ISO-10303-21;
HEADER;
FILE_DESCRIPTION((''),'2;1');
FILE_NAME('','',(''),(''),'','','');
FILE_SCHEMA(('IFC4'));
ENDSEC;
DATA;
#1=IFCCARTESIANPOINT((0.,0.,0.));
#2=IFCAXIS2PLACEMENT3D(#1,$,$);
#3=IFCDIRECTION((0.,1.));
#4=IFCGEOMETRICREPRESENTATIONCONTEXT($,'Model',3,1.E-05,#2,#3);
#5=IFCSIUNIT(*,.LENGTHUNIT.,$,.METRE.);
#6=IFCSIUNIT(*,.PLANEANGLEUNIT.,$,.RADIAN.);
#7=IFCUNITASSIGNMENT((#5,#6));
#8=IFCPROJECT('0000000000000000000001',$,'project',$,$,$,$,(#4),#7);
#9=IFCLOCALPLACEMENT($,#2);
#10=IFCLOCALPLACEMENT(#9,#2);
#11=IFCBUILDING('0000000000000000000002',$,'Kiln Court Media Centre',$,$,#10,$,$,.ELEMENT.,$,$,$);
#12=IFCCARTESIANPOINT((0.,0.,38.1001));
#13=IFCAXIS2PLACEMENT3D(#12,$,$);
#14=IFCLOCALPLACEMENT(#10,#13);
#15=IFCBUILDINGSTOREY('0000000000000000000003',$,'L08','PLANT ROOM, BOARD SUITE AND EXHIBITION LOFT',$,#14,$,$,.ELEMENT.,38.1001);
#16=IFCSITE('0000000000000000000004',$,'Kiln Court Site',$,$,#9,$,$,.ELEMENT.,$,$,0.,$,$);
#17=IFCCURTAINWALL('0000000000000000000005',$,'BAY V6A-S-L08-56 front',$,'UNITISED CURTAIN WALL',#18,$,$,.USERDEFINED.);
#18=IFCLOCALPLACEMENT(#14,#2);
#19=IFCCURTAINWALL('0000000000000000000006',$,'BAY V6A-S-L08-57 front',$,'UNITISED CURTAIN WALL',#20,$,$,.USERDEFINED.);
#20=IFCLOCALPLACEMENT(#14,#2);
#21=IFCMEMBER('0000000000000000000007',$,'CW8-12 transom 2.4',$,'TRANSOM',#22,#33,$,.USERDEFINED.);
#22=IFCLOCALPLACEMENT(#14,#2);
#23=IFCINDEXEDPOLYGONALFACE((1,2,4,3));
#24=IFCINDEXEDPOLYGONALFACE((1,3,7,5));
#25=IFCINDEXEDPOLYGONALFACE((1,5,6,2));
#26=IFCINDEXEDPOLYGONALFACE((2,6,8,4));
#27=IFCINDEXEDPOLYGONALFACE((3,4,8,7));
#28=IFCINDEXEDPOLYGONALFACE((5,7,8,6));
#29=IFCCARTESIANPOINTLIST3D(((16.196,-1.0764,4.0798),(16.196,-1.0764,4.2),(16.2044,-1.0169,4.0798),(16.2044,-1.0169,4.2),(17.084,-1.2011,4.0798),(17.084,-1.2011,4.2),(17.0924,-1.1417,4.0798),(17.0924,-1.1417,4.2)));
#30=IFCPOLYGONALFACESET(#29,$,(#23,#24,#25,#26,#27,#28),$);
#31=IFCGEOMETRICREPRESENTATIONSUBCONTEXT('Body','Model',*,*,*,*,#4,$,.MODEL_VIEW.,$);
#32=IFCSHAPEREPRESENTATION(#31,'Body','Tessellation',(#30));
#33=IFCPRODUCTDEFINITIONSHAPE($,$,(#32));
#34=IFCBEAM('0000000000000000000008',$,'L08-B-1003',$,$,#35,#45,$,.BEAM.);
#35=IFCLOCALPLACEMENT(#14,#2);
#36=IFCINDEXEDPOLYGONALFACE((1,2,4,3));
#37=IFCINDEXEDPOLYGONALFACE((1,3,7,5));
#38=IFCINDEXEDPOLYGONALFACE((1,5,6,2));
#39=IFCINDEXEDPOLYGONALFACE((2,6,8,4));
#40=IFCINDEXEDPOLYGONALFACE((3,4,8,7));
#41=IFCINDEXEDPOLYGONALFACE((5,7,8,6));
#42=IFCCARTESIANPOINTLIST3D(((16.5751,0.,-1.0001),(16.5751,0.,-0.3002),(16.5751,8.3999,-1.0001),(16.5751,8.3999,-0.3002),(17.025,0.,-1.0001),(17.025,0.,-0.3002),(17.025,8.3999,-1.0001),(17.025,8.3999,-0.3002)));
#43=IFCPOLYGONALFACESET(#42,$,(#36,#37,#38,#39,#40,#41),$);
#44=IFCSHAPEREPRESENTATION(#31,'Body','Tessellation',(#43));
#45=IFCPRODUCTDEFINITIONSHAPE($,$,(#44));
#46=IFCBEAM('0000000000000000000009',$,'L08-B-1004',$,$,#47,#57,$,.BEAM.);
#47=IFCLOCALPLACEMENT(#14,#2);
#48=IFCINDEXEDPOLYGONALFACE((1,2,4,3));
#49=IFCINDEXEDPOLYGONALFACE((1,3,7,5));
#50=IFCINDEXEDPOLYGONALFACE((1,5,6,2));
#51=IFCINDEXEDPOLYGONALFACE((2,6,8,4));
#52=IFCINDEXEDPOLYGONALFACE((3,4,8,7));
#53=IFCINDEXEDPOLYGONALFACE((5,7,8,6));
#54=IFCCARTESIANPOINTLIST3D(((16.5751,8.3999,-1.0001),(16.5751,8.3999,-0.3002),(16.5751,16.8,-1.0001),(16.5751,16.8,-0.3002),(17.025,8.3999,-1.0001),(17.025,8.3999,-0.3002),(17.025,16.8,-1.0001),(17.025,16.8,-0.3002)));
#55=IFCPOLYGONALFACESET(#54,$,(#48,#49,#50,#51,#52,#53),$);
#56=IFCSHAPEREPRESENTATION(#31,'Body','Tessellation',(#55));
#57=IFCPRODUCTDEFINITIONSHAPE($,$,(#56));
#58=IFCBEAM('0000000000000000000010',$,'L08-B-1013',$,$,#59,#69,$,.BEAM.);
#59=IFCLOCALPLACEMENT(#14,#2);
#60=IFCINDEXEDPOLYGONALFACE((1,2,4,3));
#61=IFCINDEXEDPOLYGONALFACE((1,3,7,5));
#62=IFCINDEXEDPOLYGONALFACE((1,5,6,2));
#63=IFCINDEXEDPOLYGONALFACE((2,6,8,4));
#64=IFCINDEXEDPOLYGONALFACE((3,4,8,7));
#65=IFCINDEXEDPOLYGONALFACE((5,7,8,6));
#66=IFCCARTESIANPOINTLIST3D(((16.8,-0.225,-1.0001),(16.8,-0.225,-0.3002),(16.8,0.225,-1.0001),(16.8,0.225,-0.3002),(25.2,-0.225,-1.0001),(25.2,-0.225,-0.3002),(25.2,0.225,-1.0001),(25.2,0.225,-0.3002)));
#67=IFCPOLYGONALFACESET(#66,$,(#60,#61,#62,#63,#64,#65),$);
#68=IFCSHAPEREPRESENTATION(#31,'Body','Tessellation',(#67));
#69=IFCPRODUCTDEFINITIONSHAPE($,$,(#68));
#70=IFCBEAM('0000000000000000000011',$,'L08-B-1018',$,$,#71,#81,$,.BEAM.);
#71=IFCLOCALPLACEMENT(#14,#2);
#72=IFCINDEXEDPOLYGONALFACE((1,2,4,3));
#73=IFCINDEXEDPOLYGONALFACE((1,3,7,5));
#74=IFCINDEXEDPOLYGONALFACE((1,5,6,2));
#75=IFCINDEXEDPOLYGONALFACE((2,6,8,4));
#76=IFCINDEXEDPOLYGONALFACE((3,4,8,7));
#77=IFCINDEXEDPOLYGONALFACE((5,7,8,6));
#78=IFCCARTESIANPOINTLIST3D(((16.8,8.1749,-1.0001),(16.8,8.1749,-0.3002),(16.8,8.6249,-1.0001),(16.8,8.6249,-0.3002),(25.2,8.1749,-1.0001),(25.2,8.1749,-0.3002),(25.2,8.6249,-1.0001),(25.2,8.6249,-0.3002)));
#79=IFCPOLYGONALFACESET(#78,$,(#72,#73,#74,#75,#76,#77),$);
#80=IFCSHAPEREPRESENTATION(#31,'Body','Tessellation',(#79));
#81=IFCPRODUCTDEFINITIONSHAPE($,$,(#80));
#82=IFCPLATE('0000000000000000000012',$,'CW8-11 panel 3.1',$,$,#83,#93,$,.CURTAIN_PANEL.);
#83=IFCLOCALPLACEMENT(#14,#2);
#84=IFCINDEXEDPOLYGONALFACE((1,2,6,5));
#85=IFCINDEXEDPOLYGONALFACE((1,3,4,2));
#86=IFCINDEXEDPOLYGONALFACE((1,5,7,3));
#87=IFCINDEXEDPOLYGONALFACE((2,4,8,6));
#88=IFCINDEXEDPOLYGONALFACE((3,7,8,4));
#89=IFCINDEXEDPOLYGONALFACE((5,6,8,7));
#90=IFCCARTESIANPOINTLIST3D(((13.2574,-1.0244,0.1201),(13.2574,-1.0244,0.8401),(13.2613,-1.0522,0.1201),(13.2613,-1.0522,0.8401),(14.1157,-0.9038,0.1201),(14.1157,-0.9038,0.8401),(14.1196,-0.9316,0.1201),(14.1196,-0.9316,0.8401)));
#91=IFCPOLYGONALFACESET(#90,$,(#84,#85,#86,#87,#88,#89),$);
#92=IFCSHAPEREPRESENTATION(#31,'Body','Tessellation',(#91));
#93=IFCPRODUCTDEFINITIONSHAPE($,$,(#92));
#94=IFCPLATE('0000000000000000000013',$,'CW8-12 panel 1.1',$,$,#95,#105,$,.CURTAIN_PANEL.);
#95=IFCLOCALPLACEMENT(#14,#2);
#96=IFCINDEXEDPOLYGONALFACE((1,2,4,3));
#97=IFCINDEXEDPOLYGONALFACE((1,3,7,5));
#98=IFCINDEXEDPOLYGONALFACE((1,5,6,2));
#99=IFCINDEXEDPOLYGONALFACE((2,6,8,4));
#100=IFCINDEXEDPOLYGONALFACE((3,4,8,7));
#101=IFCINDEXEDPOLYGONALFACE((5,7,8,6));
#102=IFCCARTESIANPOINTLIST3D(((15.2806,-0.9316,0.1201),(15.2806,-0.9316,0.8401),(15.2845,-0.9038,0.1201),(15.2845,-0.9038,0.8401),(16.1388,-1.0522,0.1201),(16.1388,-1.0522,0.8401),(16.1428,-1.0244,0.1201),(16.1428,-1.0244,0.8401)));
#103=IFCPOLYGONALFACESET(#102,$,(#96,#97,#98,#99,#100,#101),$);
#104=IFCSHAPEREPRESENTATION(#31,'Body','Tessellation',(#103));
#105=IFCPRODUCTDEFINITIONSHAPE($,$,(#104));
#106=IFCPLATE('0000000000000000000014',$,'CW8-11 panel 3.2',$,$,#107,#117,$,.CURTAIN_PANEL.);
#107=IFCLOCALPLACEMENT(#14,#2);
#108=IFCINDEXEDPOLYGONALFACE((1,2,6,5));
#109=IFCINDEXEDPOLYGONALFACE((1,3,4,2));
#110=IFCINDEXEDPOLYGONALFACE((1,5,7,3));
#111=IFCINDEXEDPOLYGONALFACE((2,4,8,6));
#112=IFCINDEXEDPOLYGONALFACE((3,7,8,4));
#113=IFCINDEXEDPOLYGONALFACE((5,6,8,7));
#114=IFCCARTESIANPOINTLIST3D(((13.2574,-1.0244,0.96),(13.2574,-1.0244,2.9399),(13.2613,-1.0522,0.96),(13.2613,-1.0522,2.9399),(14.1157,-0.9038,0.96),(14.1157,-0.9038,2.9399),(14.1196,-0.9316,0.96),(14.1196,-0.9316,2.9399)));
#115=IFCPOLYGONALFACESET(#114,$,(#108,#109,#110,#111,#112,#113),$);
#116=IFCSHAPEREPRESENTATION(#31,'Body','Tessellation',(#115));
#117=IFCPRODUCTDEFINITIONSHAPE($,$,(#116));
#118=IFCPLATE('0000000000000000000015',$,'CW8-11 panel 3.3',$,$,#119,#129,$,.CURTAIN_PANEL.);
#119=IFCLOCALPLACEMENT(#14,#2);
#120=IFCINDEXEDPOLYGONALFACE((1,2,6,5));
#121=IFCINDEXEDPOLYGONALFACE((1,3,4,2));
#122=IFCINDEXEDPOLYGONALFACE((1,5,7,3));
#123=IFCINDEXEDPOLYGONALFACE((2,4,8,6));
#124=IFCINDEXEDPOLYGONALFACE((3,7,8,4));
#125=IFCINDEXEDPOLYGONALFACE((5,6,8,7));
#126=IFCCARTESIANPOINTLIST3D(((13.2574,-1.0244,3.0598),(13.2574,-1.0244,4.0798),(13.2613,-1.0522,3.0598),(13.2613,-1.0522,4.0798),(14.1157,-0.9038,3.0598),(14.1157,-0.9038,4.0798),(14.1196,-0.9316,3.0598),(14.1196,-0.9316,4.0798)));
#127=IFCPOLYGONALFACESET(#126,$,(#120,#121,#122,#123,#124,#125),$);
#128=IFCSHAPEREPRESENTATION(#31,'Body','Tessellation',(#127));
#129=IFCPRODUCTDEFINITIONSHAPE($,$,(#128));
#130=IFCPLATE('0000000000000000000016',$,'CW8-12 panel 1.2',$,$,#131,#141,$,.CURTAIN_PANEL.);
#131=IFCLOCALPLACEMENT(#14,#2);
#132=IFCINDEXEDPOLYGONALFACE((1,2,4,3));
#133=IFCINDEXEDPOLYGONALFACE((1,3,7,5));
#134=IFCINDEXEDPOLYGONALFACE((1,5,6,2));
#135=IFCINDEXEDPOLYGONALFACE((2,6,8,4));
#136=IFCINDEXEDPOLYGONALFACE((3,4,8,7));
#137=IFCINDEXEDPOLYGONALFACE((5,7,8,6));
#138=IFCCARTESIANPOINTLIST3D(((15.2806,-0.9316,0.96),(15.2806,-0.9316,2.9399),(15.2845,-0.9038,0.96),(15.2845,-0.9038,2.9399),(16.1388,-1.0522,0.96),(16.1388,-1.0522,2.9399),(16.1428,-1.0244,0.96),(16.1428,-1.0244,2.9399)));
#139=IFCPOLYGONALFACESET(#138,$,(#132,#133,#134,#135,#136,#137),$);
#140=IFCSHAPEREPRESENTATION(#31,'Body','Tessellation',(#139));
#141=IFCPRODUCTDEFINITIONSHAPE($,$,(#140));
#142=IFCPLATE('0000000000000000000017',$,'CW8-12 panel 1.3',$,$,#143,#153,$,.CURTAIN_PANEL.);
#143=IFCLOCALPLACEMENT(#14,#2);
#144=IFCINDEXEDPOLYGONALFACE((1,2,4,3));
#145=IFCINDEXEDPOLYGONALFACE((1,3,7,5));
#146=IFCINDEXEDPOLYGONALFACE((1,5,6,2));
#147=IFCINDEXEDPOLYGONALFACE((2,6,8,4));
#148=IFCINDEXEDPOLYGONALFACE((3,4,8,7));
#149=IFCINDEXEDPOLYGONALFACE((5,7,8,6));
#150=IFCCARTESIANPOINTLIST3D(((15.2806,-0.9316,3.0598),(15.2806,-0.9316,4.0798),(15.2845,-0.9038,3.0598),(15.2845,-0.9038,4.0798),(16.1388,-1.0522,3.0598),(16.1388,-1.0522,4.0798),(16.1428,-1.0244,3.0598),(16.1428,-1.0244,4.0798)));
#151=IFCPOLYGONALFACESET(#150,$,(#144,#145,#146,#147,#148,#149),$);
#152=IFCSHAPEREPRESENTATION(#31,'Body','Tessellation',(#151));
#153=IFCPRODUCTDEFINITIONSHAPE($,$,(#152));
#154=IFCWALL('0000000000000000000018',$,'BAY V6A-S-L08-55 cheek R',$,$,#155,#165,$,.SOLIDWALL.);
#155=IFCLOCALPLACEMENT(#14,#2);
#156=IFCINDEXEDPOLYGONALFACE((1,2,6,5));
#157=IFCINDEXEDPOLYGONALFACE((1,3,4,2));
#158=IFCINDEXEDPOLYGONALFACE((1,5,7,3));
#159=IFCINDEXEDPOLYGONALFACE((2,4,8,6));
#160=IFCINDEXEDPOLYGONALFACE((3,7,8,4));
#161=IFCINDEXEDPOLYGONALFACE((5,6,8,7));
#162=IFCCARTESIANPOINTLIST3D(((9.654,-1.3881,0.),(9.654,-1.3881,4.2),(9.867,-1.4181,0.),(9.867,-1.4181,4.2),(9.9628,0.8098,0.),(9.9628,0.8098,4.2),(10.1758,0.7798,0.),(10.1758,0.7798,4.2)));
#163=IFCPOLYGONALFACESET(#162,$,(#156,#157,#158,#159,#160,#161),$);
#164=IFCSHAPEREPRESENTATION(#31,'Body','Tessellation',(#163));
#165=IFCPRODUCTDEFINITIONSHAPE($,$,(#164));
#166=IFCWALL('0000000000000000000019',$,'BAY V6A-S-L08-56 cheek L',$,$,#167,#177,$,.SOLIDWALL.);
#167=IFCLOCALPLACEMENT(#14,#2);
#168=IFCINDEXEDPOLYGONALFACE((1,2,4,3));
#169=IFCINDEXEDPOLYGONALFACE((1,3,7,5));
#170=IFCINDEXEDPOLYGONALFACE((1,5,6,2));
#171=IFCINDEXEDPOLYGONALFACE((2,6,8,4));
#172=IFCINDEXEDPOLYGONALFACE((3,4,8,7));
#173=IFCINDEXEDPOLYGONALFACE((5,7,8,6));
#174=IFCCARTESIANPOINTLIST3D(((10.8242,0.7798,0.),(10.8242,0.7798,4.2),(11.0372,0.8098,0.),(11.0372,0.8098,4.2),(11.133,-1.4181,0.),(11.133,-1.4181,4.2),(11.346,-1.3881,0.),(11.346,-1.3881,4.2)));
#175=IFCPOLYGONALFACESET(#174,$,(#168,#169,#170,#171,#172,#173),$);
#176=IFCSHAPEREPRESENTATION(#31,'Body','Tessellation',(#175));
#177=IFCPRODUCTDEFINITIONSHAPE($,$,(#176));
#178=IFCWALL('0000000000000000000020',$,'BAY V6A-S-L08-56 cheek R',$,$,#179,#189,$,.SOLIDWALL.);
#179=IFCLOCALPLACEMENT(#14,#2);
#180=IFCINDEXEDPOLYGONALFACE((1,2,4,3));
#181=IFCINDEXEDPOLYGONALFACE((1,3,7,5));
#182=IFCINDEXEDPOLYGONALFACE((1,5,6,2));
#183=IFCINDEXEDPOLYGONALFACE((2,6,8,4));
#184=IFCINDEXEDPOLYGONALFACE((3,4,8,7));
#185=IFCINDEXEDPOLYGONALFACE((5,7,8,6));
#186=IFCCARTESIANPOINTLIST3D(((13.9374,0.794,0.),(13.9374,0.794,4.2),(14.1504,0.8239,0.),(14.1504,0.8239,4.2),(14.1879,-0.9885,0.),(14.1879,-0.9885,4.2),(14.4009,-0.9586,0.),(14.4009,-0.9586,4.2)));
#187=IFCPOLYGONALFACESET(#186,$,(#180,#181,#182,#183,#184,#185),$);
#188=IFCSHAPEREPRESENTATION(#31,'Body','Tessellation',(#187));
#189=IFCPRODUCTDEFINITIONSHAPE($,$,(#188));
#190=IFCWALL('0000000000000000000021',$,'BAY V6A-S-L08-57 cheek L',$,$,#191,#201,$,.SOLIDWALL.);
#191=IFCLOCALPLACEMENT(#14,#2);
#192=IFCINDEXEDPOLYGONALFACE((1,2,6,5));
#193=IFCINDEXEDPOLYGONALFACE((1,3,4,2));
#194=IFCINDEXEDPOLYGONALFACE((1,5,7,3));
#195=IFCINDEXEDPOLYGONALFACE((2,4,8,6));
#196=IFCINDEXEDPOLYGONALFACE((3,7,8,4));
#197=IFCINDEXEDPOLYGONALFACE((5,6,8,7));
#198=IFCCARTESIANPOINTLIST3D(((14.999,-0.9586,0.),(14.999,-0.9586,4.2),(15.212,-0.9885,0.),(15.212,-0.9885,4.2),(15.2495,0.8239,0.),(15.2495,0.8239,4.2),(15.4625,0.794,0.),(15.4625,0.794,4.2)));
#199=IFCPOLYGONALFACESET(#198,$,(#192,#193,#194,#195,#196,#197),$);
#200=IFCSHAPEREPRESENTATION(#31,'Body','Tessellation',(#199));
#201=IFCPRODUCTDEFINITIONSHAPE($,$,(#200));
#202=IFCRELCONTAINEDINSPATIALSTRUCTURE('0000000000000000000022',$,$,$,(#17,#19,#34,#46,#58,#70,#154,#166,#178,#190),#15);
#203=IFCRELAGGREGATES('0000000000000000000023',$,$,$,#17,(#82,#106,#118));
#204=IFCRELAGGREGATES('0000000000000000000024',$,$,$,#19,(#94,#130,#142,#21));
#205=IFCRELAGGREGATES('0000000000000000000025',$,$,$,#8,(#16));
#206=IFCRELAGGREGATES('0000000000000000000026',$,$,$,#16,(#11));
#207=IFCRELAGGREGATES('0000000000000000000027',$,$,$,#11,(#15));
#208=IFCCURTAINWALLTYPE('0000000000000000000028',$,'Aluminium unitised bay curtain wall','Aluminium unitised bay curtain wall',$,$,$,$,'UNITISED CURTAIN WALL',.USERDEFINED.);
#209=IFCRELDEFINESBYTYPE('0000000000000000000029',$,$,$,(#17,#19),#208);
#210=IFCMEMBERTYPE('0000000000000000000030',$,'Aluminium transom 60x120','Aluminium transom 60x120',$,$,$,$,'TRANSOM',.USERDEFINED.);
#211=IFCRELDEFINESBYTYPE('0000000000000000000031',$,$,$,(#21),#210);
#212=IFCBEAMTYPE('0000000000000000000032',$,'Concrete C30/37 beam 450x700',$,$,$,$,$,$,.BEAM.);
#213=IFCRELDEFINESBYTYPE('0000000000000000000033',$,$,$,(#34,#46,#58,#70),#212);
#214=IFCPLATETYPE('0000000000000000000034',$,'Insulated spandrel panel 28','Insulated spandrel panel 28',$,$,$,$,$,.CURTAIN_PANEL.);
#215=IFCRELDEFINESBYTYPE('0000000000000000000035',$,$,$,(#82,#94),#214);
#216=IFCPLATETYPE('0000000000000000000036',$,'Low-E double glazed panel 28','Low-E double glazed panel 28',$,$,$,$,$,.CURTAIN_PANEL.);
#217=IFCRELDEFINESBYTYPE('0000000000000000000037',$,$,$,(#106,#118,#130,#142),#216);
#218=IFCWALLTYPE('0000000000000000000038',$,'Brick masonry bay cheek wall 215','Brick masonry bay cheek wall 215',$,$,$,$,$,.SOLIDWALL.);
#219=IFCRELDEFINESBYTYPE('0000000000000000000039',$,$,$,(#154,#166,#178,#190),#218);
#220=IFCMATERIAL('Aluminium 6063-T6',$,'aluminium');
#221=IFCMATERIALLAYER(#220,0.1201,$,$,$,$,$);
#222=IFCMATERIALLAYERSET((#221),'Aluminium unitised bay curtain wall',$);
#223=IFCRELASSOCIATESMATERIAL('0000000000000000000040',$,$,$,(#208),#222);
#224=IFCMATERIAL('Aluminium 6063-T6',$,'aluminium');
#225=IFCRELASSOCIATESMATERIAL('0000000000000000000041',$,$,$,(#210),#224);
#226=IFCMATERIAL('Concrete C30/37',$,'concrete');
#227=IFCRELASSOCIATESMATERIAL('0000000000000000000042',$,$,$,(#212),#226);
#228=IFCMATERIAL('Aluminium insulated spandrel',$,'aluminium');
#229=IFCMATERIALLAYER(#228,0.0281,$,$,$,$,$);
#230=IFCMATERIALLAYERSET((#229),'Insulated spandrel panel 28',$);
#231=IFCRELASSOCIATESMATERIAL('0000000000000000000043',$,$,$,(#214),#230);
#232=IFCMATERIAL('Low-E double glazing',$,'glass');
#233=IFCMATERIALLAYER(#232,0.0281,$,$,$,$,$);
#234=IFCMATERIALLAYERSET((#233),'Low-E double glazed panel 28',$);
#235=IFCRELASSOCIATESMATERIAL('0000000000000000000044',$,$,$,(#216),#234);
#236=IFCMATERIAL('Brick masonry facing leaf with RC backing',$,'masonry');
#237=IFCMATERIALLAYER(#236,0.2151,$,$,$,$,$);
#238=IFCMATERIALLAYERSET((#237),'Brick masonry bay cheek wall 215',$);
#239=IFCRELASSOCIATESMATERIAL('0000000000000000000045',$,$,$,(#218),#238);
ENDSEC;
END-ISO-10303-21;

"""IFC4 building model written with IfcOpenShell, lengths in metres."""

from ifc_helpers import new_model, si_unit, direction, frame, frame_2d, origin, origin_2d, place, context, subcontext, project, spatial, rectangle, extrude, material, layer, layer_set, material_profile, profile_set, type_object, element, aggregate, save


model = new_model("IFC4")

# Units and contexts
model_context = context("Model", 3, precision=1e-05, world=origin(), true_north=direction((0.0, 1.0)))
body_context = subcontext(model_context, "Body", "Model", "MODEL_VIEW")
ifc_project = project(units=[si_unit("LENGTHUNIT", "METRE"), si_unit("PLANEANGLEUNIT", "RADIAN")], contexts=[model_context])

# Site, building, storey
site_placement = place(None, origin())
site = spatial("IfcSite", under=ifc_project, at=site_placement, Name="Kiln Court Site", CompositionType="ELEMENT", RefElevation=0.0)
building_placement = place(site_placement, origin())
building = spatial("IfcBuilding", under=site, at=building_placement, Name="Kiln Court Media Centre", CompositionType="ELEMENT")
storey_placement = place(building_placement, frame((0.0, 0.0, 38.1001)))
storey = spatial("IfcBuildingStorey", under=building, at=storey_placement, Name="L08", Description="PLANT ROOM, BOARD SUITE AND EXHIBITION LOFT", CompositionType="ELEMENT", Elevation=38.1001)

# Curtain walls
ifc_material_1 = material(Name="Aluminium 6063-T6", Category="aluminium")
ifc_layer_1 = layer(ifc_material_1, 0.1201)
ifc_layer_set_1 = layer_set([ifc_layer_1], Name="Aluminium unitised bay curtain wall")
curtain_wall_type = type_object("IfcCurtainWallType", Name="Aluminium unitised bay curtain wall", Description="Aluminium unitised bay curtain wall", ElementType="UNITISED CURTAIN WALL", PredefinedType="USERDEFINED", material=ifc_layer_set_1)
curtain_wall_1_placement = place(storey_placement, origin())
curtain_wall_1 = element("IfcCurtainWall", 1, at=curtain_wall_1_placement, inside=storey, type_object=curtain_wall_type, Name="BAY V6A-S-L08-56 front", ObjectType="UNITISED CURTAIN WALL", PredefinedType="USERDEFINED")
curtain_wall_2_placement = place(storey_placement, origin())
curtain_wall_2 = element("IfcCurtainWall", 2, at=curtain_wall_2_placement, inside=storey, type_object=curtain_wall_type, Name="BAY V6A-S-L08-57 front", ObjectType="UNITISED CURTAIN WALL", PredefinedType="USERDEFINED")

# Member
ifc_material_2 = material(Name="Aluminium 6063-T6", Category="aluminium")
ifc_material_profile_1 = material_profile(ifc_material_2, rectangle(XDim=0.0601, YDim=0.1201, at=origin_2d()), Name="Aluminium transom 60x120")
ifc_profile_set_1 = profile_set([ifc_material_profile_1], Name="Aluminium 6063-T6")
member_type_1 = type_object("IfcMemberType", Name="Aluminium transom 60x120", Description="Aluminium transom 60x120", ElementType="TRANSOM", PredefinedType="USERDEFINED", material=ifc_profile_set_1)
member_1_placement = place(storey_placement, frame((16.2002, -1.0466, 4.1399), z_axis=(0.990274, -0.139134, 0.0), x_axis=(0.139134, 0.990274, 0.0)))
member_1 = element("IfcMember", 3, at=member_1_placement, type_object=member_type_1, Name="CW8-12 transom 2.4", ObjectType="TRANSOM", PredefinedType="USERDEFINED", context=body_context, shape_type="SweptSolid", body=[
    extrude(rectangle(XDim=0.0601, YDim=0.1201, at=origin_2d()), origin(), (0.0, 0.0, 1.0), 0.8967),
])

# Beams
ifc_material_3 = material(Name="Concrete C30/37", Category="concrete")
ifc_material_profile_2 = material_profile(ifc_material_3, rectangle(XDim=0.45, YDim=0.7, at=origin_2d()), Name="RC 450x700")
ifc_profile_set_2 = profile_set([ifc_material_profile_2], Name="Concrete C30/37")
beam_type = type_object("IfcBeamType", Name="Concrete C30/37 beam 450x700", PredefinedType="BEAM", material=ifc_profile_set_2)
beam_1_placement = place(storey_placement, frame((16.8, 0.0, -0.6501), z_axis=(0.0, 1.0, 0.0), x_axis=(-1.0, 0.0, 0.0)))
element("IfcBeam", 4, at=beam_1_placement, inside=storey, type_object=beam_type, Name="L08-B-1003", PredefinedType="BEAM", context=body_context, shape_type="SweptSolid", body=[
    extrude(rectangle(XDim=0.45, YDim=0.7, at=origin_2d()), origin(), (0.0, 0.0, 1.0), 8.3999),
])
beam_2_placement = place(storey_placement, frame((16.8, 8.3999, -0.6501), z_axis=(0.0, 1.0, 0.0), x_axis=(-1.0, 0.0, 0.0)))
element("IfcBeam", 5, at=beam_2_placement, inside=storey, type_object=beam_type, Name="L08-B-1004", PredefinedType="BEAM", context=body_context, shape_type="SweptSolid", body=[
    extrude(rectangle(XDim=0.45, YDim=0.7, at=origin_2d()), origin(), (0.0, 0.0, 1.0), 8.4001),
])
for number, where, z_axis, x_axis, name in (
    (6, (16.8, 0.0, -0.6501), (1.0, 0.0, 0.0), (0.0, 1.0, 0.0), "L08-B-1013"),
    (7, (16.8, 8.3999, -0.6501), (1.0, 0.0, 0.0), (0.0, 1.0, 0.0), "L08-B-1018"),
):
    element("IfcBeam", number, at=place(storey_placement, frame(where, z_axis=z_axis, x_axis=x_axis)), inside=storey, type_object=beam_type, Name=name, PredefinedType="BEAM", context=body_context, shape_type="SweptSolid", body=[
        extrude(rectangle(XDim=0.45, YDim=0.7, at=origin_2d()), origin(), (0.0, 0.0, 1.0), 8.3999),
    ])

# Plates
ifc_material_4 = material(Name="Aluminium insulated spandrel", Category="aluminium")
ifc_layer_2 = layer(ifc_material_4, 0.0281)
ifc_layer_set_2 = layer_set([ifc_layer_2], Name="Insulated spandrel panel 28")
plate_type_1 = type_object("IfcPlateType", Name="Insulated spandrel panel 28", Description="Insulated spandrel panel 28", PredefinedType="CURTAIN_PANEL", material=ifc_layer_set_2)
plate_1_placement = place(storey_placement, frame((13.6885, -0.978, 0.1201), z_axis=(0.0, 0.0, 1.0), x_axis=(0.99027, 0.139162, 0.0)))
plate_1 = element("IfcPlate", 8, at=plate_1_placement, type_object=plate_type_1, Name="CW8-11 panel 3.1", PredefinedType="CURTAIN_PANEL", context=body_context, shape_type="SweptSolid", body=[
    extrude(rectangle(XDim=0.8667, YDim=0.0281, at=origin_2d()), origin(), (0.0, 0.0, 1.0), 0.72),
])
plate_2_placement = place(storey_placement, frame((15.7117, -0.978, 0.1201), z_axis=(0.0, 0.0, 1.0), x_axis=(0.99027, -0.139162, 0.0)))
plate_2 = element("IfcPlate", 9, at=plate_2_placement, type_object=plate_type_1, Name="CW8-12 panel 1.1", PredefinedType="CURTAIN_PANEL", context=body_context, shape_type="SweptSolid", body=[
    extrude(rectangle(XDim=0.8667, YDim=0.0281, at=origin_2d()), origin(), (0.0, 0.0, 1.0), 0.72),
])
ifc_material_5 = material(Name="Low-E double glazing", Category="glass")
ifc_layer_3 = layer(ifc_material_5, 0.0281)
ifc_layer_set_3 = layer_set([ifc_layer_3], Name="Low-E double glazed panel 28")
plate_type_2 = type_object("IfcPlateType", Name="Low-E double glazed panel 28", Description="Low-E double glazed panel 28", PredefinedType="CURTAIN_PANEL", material=ifc_layer_set_3)
plate_3_placement = place(storey_placement, frame((13.6885, -0.978, 0.96), z_axis=(0.0, 0.0, 1.0), x_axis=(0.99027, 0.139162, 0.0)))
plate_3 = element("IfcPlate", 10, at=plate_3_placement, type_object=plate_type_2, Name="CW8-11 panel 3.2", PredefinedType="CURTAIN_PANEL", context=body_context, shape_type="SweptSolid", body=[
    extrude(rectangle(XDim=0.8667, YDim=0.0281, at=origin_2d()), origin(), (0.0, 0.0, 1.0), 1.98),
])
plate_4_placement = place(storey_placement, frame((13.6885, -0.978, 3.0598), z_axis=(0.0, 0.0, 1.0), x_axis=(0.99027, 0.139162, 0.0)))
plate_4 = element("IfcPlate", 11, at=plate_4_placement, type_object=plate_type_2, Name="CW8-11 panel 3.3", PredefinedType="CURTAIN_PANEL", context=body_context, shape_type="SweptSolid", body=[
    extrude(rectangle(XDim=0.8667, YDim=0.0281, at=origin_2d()), origin(), (0.0, 0.0, 1.0), 1.02),
])
aggregate(curtain_wall_1, [plate_1, plate_3, plate_4])
plate_5_placement = place(storey_placement, frame((15.7117, -0.978, 0.96), z_axis=(0.0, 0.0, 1.0), x_axis=(0.99027, -0.139162, 0.0)))
plate_5 = element("IfcPlate", 12, at=plate_5_placement, type_object=plate_type_2, Name="CW8-12 panel 1.2", PredefinedType="CURTAIN_PANEL", context=body_context, shape_type="SweptSolid", body=[
    extrude(rectangle(XDim=0.8667, YDim=0.0281, at=origin_2d()), origin(), (0.0, 0.0, 1.0), 1.98),
])
plate_6_placement = place(storey_placement, frame((15.7117, -0.978, 3.0598), z_axis=(0.0, 0.0, 1.0), x_axis=(0.99027, -0.139162, 0.0)))
plate_6 = element("IfcPlate", 13, at=plate_6_placement, type_object=plate_type_2, Name="CW8-12 panel 1.3", PredefinedType="CURTAIN_PANEL", context=body_context, shape_type="SweptSolid", body=[
    extrude(rectangle(XDim=0.8667, YDim=0.0281, at=origin_2d()), origin(), (0.0, 0.0, 1.0), 1.02),
])
aggregate(curtain_wall_2, [plate_2, plate_5, plate_6, member_1])

# Walls
ifc_material_6 = material(Name="Brick masonry facing leaf with RC backing", Category="masonry")
ifc_layer_4 = layer(ifc_material_6, 0.2151)
ifc_layer_set_4 = layer_set([ifc_layer_4], Name="Brick masonry bay cheek wall 215")
wall_type_1 = type_object("IfcWallType", Name="Brick masonry bay cheek wall 215", Description="Brick masonry bay cheek wall 215", PredefinedType="SOLIDWALL", material=ifc_layer_set_4)
for number, where, z_axis, x_axis, name in (
    (14, (10.0693, 0.7949, 0.0), (0.0, 0.0, 1.0), (-0.139142, -0.990272, 0.0), "BAY V6A-S-L08-55 cheek R"),
    (15, (10.9307, 0.7949, 0.0), (0.0, 0.0, 1.0), (0.139142, -0.990272, 0.0), "BAY V6A-S-L08-56 cheek L"),
):
    element("IfcWall", number, at=place(storey_placement, frame(where, z_axis=z_axis, x_axis=x_axis)), inside=storey, type_object=wall_type_1, Name=name, PredefinedType="SOLIDWALL", context=body_context, shape_type="SweptSolid", body=[
        extrude(rectangle(XDim=2.2195, YDim=0.2151, at=frame_2d((1.1099, 0.0))), origin(), (0.0, 0.0, 1.0), 4.2),
    ])
for number, where, z_axis, x_axis, name in (
    (16, (14.0439, 0.8088, 0.0), (0.0, 0.0, 1.0), (0.139161, -0.99027, 0.0), "BAY V6A-S-L08-56 cheek R"),
    (17, (15.356, 0.8088, 0.0), (0.0, 0.0, 1.0), (-0.139161, -0.99027, 0.0), "BAY V6A-S-L08-57 cheek L"),
):
    element("IfcWall", number, at=place(storey_placement, frame(where, z_axis=z_axis, x_axis=x_axis)), inside=storey, type_object=wall_type_1, Name=name, PredefinedType="SOLIDWALL", context=body_context, shape_type="SweptSolid", body=[
        extrude(rectangle(XDim=1.8, YDim=0.2151, at=frame_2d((0.8999, 0.0))), origin(), (0.0, 0.0, 1.0), 4.2),
    ])

save(model, "model.ifc")
